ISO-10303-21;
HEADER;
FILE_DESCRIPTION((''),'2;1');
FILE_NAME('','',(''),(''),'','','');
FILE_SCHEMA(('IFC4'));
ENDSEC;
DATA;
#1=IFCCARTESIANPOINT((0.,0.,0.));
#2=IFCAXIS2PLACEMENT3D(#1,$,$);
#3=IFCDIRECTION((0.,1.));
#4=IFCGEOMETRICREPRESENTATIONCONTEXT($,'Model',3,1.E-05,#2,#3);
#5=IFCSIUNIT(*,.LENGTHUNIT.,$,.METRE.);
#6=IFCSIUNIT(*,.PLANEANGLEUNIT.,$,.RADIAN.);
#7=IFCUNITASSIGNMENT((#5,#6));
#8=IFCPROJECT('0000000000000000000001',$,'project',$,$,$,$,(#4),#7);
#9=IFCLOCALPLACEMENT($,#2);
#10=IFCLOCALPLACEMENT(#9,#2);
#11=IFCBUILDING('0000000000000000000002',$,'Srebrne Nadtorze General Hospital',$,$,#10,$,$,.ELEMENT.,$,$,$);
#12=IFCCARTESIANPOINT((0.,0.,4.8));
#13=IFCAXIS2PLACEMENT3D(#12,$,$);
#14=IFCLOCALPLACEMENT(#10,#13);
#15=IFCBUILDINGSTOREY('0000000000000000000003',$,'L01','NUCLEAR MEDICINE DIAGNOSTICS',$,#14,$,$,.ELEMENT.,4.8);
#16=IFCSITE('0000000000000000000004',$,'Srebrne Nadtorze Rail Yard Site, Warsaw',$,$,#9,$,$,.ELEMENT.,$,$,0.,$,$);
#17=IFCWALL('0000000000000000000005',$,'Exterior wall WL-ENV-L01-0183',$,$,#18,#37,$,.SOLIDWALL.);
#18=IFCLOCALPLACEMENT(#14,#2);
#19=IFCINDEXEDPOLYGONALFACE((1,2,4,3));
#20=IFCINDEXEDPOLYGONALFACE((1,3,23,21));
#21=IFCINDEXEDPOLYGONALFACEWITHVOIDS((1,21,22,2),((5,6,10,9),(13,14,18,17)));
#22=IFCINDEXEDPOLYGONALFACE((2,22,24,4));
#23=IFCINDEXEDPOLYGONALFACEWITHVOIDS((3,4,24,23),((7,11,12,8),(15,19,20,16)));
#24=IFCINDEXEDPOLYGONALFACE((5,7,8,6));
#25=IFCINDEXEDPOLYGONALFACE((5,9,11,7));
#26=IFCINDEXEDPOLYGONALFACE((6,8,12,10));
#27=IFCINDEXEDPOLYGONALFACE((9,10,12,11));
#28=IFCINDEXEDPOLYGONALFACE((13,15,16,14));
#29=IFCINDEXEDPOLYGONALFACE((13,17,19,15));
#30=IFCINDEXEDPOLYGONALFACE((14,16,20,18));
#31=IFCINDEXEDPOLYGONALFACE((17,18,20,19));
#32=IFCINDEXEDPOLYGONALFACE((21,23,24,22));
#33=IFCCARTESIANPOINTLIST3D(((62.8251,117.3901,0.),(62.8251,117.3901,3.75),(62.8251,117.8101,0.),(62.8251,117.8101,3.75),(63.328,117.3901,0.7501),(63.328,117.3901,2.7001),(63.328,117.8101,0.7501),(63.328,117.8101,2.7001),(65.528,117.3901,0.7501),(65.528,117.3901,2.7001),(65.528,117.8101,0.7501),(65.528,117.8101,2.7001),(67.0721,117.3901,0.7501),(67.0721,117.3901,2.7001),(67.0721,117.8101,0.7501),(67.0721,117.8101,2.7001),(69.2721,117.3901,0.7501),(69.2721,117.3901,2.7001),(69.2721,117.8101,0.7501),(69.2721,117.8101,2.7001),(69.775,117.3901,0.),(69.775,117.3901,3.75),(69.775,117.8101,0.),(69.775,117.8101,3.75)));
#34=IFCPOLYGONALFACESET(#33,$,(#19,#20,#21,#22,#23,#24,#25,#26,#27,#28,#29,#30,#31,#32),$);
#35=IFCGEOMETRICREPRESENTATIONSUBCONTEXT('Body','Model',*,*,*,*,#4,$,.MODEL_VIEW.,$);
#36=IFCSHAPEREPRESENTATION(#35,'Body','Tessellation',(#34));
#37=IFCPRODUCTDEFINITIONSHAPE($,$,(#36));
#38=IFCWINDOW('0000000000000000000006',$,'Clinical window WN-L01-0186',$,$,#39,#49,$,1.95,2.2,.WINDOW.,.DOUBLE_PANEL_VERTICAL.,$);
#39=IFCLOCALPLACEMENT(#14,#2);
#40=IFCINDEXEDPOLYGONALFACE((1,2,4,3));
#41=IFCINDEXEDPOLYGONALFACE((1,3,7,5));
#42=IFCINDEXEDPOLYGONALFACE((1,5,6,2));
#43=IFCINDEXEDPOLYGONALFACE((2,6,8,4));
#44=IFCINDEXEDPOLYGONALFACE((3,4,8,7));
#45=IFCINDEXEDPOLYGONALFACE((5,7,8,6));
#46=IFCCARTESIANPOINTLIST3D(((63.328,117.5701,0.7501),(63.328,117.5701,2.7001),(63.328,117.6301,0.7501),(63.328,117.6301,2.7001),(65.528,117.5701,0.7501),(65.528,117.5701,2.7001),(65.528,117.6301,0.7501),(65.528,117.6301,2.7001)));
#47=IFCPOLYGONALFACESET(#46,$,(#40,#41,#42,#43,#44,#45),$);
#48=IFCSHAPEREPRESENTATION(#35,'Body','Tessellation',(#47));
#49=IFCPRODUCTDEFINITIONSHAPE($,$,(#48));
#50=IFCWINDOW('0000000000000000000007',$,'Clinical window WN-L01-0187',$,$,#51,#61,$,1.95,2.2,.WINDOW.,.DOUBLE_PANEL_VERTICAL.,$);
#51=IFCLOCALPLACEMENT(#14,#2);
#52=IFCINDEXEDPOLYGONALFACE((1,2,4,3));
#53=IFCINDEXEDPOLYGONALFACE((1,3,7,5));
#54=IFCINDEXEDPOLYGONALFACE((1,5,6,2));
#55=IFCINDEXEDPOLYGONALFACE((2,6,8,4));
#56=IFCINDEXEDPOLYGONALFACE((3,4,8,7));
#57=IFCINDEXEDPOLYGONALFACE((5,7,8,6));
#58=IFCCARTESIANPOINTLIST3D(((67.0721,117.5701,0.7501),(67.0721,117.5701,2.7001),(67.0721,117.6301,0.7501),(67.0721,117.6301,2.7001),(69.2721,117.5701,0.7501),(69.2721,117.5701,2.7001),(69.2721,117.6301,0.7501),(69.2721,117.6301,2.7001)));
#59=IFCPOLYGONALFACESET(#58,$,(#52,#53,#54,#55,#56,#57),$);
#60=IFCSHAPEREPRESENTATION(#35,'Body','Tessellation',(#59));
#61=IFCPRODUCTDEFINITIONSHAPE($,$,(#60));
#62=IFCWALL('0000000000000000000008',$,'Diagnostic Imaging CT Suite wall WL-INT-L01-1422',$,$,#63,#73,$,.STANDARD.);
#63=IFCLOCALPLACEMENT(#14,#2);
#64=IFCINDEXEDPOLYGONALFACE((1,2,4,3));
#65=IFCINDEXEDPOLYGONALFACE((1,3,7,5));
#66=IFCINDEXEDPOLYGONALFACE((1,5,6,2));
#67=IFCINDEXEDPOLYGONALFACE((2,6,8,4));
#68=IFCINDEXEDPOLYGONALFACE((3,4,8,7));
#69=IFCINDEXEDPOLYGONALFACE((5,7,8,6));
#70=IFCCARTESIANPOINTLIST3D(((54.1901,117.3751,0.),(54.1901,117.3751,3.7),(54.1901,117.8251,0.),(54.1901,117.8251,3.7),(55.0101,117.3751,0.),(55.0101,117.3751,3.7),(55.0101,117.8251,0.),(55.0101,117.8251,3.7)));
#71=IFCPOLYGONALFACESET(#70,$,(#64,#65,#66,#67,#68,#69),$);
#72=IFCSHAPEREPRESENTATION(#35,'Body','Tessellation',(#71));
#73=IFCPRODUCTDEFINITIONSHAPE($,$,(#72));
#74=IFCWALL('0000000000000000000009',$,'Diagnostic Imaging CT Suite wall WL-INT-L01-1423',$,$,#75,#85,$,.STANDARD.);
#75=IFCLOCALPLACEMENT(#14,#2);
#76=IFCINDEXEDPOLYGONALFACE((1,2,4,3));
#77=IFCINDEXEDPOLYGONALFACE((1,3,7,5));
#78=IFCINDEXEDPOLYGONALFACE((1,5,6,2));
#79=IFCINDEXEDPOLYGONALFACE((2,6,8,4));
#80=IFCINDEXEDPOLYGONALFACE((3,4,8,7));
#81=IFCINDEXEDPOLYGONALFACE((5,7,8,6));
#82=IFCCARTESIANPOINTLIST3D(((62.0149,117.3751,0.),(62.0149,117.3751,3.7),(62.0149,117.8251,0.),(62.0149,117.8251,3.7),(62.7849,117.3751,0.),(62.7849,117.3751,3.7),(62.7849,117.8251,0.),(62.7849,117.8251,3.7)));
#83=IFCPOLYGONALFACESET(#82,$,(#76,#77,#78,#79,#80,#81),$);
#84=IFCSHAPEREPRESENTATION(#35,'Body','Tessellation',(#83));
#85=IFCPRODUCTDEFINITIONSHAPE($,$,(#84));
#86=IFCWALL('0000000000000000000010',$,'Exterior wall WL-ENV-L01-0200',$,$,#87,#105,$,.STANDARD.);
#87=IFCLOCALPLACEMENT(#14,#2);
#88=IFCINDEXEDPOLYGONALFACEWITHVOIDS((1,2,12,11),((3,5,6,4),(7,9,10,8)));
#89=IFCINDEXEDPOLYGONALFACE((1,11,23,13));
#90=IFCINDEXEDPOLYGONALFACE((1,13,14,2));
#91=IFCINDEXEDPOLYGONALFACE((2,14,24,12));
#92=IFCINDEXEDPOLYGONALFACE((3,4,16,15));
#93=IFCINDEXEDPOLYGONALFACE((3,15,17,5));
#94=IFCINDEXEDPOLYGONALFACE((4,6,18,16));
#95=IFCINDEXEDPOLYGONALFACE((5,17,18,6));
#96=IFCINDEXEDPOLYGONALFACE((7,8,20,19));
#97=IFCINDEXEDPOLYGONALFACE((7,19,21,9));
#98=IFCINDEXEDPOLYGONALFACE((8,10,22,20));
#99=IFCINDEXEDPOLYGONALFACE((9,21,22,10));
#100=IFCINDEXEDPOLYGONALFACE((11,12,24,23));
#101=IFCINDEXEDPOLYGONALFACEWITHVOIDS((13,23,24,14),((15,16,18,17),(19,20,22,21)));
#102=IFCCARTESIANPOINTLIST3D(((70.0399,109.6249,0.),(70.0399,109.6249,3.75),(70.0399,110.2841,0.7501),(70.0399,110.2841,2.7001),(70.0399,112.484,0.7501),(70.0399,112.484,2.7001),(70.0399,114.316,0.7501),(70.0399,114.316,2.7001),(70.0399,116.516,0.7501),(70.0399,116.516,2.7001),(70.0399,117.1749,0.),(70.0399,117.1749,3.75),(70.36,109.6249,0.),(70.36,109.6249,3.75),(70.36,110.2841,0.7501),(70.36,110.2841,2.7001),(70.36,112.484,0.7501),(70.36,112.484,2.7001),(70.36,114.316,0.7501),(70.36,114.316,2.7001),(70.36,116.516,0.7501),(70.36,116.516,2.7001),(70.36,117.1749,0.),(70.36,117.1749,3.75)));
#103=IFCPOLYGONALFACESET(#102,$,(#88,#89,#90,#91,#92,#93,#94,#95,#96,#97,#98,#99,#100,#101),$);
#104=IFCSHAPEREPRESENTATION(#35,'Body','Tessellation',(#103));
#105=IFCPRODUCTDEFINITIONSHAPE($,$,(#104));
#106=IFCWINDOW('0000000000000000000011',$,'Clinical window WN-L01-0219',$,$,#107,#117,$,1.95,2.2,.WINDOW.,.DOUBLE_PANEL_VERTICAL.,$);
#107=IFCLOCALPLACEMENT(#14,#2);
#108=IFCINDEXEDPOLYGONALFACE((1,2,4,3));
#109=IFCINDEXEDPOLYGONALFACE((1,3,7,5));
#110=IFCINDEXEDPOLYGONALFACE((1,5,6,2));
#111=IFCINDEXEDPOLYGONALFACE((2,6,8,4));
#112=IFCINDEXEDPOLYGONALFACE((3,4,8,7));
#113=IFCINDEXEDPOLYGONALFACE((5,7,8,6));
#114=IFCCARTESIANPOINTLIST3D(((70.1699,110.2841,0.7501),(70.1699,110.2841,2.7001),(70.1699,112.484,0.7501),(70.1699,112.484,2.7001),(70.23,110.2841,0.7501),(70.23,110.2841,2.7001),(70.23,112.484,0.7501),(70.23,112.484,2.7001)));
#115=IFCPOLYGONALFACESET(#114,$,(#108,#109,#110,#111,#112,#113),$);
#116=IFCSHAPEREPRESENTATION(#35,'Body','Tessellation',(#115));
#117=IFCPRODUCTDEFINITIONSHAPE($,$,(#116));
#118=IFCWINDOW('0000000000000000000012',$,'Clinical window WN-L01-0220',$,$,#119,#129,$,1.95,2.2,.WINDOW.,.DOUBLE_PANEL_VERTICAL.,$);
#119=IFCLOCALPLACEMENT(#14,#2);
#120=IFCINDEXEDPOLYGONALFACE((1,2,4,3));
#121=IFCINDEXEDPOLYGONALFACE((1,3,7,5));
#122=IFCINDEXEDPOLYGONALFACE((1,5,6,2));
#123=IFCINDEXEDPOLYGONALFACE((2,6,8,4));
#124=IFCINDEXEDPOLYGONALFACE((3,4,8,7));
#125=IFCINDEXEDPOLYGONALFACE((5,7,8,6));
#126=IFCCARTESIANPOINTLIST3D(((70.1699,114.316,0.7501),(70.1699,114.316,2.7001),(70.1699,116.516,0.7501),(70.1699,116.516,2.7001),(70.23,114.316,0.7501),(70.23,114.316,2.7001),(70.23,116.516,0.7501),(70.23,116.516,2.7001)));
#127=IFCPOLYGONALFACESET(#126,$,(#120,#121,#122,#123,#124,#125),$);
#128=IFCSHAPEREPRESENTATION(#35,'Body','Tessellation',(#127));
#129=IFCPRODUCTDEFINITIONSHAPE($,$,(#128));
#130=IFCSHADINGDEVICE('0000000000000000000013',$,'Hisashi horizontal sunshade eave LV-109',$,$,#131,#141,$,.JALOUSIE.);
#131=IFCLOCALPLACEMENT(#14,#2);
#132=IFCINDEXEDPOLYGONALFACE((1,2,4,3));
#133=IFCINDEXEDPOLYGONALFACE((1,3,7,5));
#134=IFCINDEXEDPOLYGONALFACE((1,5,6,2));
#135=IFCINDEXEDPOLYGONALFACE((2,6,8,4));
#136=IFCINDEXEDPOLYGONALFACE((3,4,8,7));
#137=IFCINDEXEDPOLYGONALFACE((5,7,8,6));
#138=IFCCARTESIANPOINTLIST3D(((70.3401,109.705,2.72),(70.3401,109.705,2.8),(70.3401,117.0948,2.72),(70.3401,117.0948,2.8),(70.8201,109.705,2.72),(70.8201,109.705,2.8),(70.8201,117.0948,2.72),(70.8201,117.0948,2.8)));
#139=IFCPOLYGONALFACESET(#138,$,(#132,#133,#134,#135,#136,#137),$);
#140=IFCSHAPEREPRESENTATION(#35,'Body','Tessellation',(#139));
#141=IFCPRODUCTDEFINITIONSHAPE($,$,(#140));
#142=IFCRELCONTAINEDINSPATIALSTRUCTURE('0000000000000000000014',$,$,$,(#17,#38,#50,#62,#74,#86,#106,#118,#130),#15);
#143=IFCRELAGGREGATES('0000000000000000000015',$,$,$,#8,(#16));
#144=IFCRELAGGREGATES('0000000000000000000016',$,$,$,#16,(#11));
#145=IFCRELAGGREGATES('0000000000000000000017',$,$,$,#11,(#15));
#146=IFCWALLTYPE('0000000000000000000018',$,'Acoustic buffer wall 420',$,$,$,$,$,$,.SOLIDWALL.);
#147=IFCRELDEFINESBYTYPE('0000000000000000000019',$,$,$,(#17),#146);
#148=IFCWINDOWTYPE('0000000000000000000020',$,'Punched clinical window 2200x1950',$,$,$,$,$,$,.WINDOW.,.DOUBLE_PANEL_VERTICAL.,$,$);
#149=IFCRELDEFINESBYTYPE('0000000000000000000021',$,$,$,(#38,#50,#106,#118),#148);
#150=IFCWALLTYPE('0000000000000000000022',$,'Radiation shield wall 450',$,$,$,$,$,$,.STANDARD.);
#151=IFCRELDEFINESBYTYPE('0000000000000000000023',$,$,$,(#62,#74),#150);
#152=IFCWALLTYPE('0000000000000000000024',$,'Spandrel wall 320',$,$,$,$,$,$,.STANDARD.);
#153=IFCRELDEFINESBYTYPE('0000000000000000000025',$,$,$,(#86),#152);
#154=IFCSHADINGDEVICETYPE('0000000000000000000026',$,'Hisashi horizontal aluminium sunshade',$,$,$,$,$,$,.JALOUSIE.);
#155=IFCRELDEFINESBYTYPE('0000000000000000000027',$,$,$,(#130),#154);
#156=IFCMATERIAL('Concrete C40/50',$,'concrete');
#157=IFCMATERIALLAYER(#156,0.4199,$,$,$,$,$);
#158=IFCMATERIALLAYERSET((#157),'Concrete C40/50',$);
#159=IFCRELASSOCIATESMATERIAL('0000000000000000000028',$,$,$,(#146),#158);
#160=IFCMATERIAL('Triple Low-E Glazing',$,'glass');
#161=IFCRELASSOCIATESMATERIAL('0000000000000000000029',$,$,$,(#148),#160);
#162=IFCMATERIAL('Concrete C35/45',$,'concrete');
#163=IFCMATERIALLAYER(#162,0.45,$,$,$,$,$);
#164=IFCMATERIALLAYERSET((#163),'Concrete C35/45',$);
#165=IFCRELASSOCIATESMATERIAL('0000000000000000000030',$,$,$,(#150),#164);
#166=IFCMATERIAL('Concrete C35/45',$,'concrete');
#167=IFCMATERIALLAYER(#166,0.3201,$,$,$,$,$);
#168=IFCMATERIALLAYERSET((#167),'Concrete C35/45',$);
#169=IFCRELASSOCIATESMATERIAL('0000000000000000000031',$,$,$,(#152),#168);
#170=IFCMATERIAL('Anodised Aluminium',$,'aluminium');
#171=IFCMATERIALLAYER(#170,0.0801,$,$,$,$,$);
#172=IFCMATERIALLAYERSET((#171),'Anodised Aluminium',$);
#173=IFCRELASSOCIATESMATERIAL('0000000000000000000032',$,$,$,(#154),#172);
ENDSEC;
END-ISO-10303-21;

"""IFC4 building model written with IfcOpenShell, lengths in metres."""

from ifc_helpers import new_model, si_unit, direction, frame, frame_2d, origin, origin_2d, place, context, subcontext, project, spatial, rectangle, extrude, material, layer, layer_set, type_object, element, fill, save


model = new_model("IFC4")

# Units and contexts
model_context = context("Model", 3, precision=1e-05, world=origin(), true_north=direction((0.0, 1.0)))
body_context = subcontext(model_context, "Body", "Model", "MODEL_VIEW")
ifc_project = project(units=[si_unit("LENGTHUNIT", "METRE"), si_unit("PLANEANGLEUNIT", "RADIAN")], contexts=[model_context])

# Site, building, storey
site_placement = place(None, origin())
site = spatial("IfcSite", under=ifc_project, at=site_placement, Name="Srebrne Nadtorze Rail Yard Site, Warsaw", CompositionType="ELEMENT", RefElevation=0.0)
building_placement = place(site_placement, origin())
building = spatial("IfcBuilding", under=site, at=building_placement, Name="Srebrne Nadtorze General Hospital", CompositionType="ELEMENT")
storey_placement = place(building_placement, frame((0.0, 0.0, 4.8)))
storey = spatial("IfcBuildingStorey", under=building, at=storey_placement, Name="L01", Description="NUCLEAR MEDICINE DIAGNOSTICS", CompositionType="ELEMENT", Elevation=4.8)

# Wall, openings, windows
ifc_material_1 = material(Name="Concrete C40/50", Category="concrete")
ifc_layer_1 = layer(ifc_material_1, 0.4199)
ifc_layer_set_1 = layer_set([ifc_layer_1], Name="Concrete C40/50")
wall_type_1 = type_object("IfcWallType", Name="Acoustic buffer wall 420", PredefinedType="SOLIDWALL", material=ifc_layer_set_1)
wall_1_placement = place(storey_placement, frame((62.825, 117.6001, 0.0), z_axis=(0.0, 0.0, 1.0), x_axis=(1.0, 0.0, 0.0)))
wall_1 = element("IfcWall", 1, at=wall_1_placement, inside=storey, type_object=wall_type_1, Name="Exterior wall WL-ENV-L01-0183", PredefinedType="SOLIDWALL", context=body_context, shape_type="SweptSolid", body=[
    extrude(rectangle(XDim=6.95, YDim=0.4199, at=frame_2d((3.4751, 0.0))), origin(), (0.0, 0.0, 1.0), 3.75),
])
opening_1_placement = place(wall_1_placement, frame((0.5029, 0.0, 0.75)))
opening_1 = element("IfcOpeningElement", 2, at=opening_1_placement, cuts=wall_1, PredefinedType="OPENING", context=body_context, shape_type="SweptSolid", body=[
    extrude(rectangle(XDim=2.2, YDim=1.95, at=frame_2d((1.1001, 0.9751))), frame((0.0, 0.2219, 0.0), z_axis=(0.0, -1.0, 0.0), x_axis=(1.0, 0.0, 0.0)), (0.0, 0.0, 1.0), 0.4438),
])
opening_2_placement = place(wall_1_placement, frame((4.2471, 0.0, 0.75)))
opening_2 = element("IfcOpeningElement", 3, at=opening_2_placement, cuts=wall_1, PredefinedType="OPENING", context=body_context, shape_type="SweptSolid", body=[
    extrude(rectangle(XDim=2.2, YDim=1.95, at=frame_2d((1.1001, 0.9751))), frame((0.0, 0.2219, 0.0), z_axis=(0.0, -1.0, 0.0), x_axis=(1.0, 0.0, 0.0)), (0.0, 0.0, 1.0), 0.4438),
])
ifc_material_2 = material(Name="Triple Low-E Glazing", Category="glass")
window_type_1 = type_object("IfcWindowType", Name="Punched clinical window 2200x1950", PartitioningType="DOUBLE_PANEL_VERTICAL", PredefinedType="WINDOW", material=ifc_material_2)
window_1_placement = place(opening_1_placement, origin())
window_1 = element("IfcWindow", 4, at=window_1_placement, inside=storey, type_object=window_type_1, Name="Clinical window WN-L01-0186", OverallHeight=1.95, OverallWidth=2.2, PartitioningType="DOUBLE_PANEL_VERTICAL", PredefinedType="WINDOW", context=body_context, shape_type="SweptSolid", body=[
    extrude(rectangle(XDim=2.2, YDim=1.95, at=frame_2d((1.1001, 0.9751))), frame((0.0, 0.03, 0.0), z_axis=(0.0, -1.0, 0.0), x_axis=(1.0, 0.0, 0.0)), (0.0, 0.0, 1.0), 0.0601),
])
fill(opening_1, window_1)
window_2_placement = place(opening_2_placement, origin())
window_2 = element("IfcWindow", 5, at=window_2_placement, inside=storey, type_object=window_type_1, Name="Clinical window WN-L01-0187", OverallHeight=1.95, OverallWidth=2.2, PartitioningType="DOUBLE_PANEL_VERTICAL", PredefinedType="WINDOW", context=body_context, shape_type="SweptSolid", body=[
    extrude(rectangle(XDim=2.2, YDim=1.95, at=frame_2d((1.1001, 0.9751))), frame((0.0, 0.03, 0.0), z_axis=(0.0, -1.0, 0.0), x_axis=(1.0, 0.0, 0.0)), (0.0, 0.0, 1.0), 0.0601),
])
fill(opening_2, window_2)

# Walls
ifc_material_3 = material(Name="Concrete C35/45", Category="concrete")
ifc_layer_2 = layer(ifc_material_3, 0.45)
ifc_layer_set_2 = layer_set([ifc_layer_2], Name="Concrete C35/45")
wall_type_2 = type_object("IfcWallType", Name="Radiation shield wall 450", PredefinedType="STANDARD", material=ifc_layer_set_2)
wall_2_placement = place(storey_placement, frame((54.1899, 117.6001, 0.0), z_axis=(0.0, 0.0, 1.0), x_axis=(1.0, 0.0, 0.0)))
element("IfcWall", 6, at=wall_2_placement, inside=storey, type_object=wall_type_2, Name="Diagnostic Imaging CT Suite wall WL-INT-L01-1422", PredefinedType="STANDARD", context=body_context, shape_type="SweptSolid", body=[
    extrude(rectangle(XDim=0.8201, YDim=0.45, at=frame_2d((0.4102, 0.0))), origin(), (0.0, 0.0, 1.0), 3.7),
])
wall_3_placement = place(storey_placement, frame((62.0149, 117.6001, 0.0), z_axis=(0.0, 0.0, 1.0), x_axis=(1.0, 0.0, 0.0)))
element("IfcWall", 7, at=wall_3_placement, inside=storey, type_object=wall_type_2, Name="Diagnostic Imaging CT Suite wall WL-INT-L01-1423", PredefinedType="STANDARD", context=body_context, shape_type="SweptSolid", body=[
    extrude(rectangle(XDim=0.77, YDim=0.45, at=frame_2d((0.385, 0.0))), origin(), (0.0, 0.0, 1.0), 3.7),
])

# Wall, openings, windows
ifc_material_4 = material(Name="Concrete C35/45", Category="concrete")
ifc_layer_3 = layer(ifc_material_4, 0.3201)
ifc_layer_set_3 = layer_set([ifc_layer_3], Name="Concrete C35/45")
wall_type_3 = type_object("IfcWallType", Name="Spandrel wall 320", PredefinedType="STANDARD", material=ifc_layer_set_3)
wall_4_placement = place(storey_placement, frame((70.2, 109.625, 0.0), z_axis=(0.0, 0.0, 1.0), x_axis=(0.0, 1.0, 0.0)))
wall_4 = element("IfcWall", 8, at=wall_4_placement, inside=storey, type_object=wall_type_3, Name="Exterior wall WL-ENV-L01-0200", PredefinedType="STANDARD", context=body_context, shape_type="SweptSolid", body=[
    extrude(rectangle(XDim=7.55, YDim=0.3201, at=frame_2d((3.7749, 0.0))), origin(), (0.0, 0.0, 1.0), 3.75),
])
opening_3_placement = place(wall_4_placement, frame((0.6589, 0.0, 0.75)))
opening_3 = element("IfcOpeningElement", 9, at=opening_3_placement, cuts=wall_4, PredefinedType="OPENING", context=body_context, shape_type="SweptSolid", body=[
    extrude(rectangle(XDim=2.2, YDim=1.95, at=frame_2d((1.1001, 0.9751))), frame((0.0, 0.1719, 0.0), z_axis=(0.0, -1.0, 0.0), x_axis=(1.0, 0.0, 0.0)), (0.0, 0.0, 1.0), 0.344),
])
opening_4_placement = place(wall_4_placement, frame((4.6909, 0.0, 0.75)))
opening_4 = element("IfcOpeningElement", 10, at=opening_4_placement, cuts=wall_4, PredefinedType="OPENING", context=body_context, shape_type="SweptSolid", body=[
    extrude(rectangle(XDim=2.2, YDim=1.95, at=frame_2d((1.1001, 0.9751))), frame((0.0, 0.1719, 0.0), z_axis=(0.0, -1.0, 0.0), x_axis=(1.0, 0.0, 0.0)), (0.0, 0.0, 1.0), 0.344),
])
window_3_placement = place(opening_3_placement, origin())
window_3 = element("IfcWindow", 11, at=window_3_placement, inside=storey, type_object=window_type_1, Name="Clinical window WN-L01-0219", OverallHeight=1.95, OverallWidth=2.2, PartitioningType="DOUBLE_PANEL_VERTICAL", PredefinedType="WINDOW", context=body_context, shape_type="SweptSolid", body=[
    extrude(rectangle(XDim=2.2, YDim=1.95, at=frame_2d((1.1001, 0.9751))), frame((0.0, 0.03, 0.0), z_axis=(0.0, -1.0, 0.0), x_axis=(1.0, 0.0, 0.0)), (0.0, 0.0, 1.0), 0.0601),
])
fill(opening_3, window_3)
window_4_placement = place(opening_4_placement, origin())
window_4 = element("IfcWindow", 12, at=window_4_placement, inside=storey, type_object=window_type_1, Name="Clinical window WN-L01-0220", OverallHeight=1.95, OverallWidth=2.2, PartitioningType="DOUBLE_PANEL_VERTICAL", PredefinedType="WINDOW", context=body_context, shape_type="SweptSolid", body=[
    extrude(rectangle(XDim=2.2, YDim=1.95, at=frame_2d((1.1001, 0.9751))), frame((0.0, 0.03, 0.0), z_axis=(0.0, -1.0, 0.0), x_axis=(1.0, 0.0, 0.0)), (0.0, 0.0, 1.0), 0.0601),
])
fill(opening_4, window_4)

# Shading device
ifc_material_5 = material(Name="Anodised Aluminium", Category="aluminium")
ifc_layer_4 = layer(ifc_material_5, 0.0801)
ifc_layer_set_4 = layer_set([ifc_layer_4], Name="Anodised Aluminium")
shading_device_type = type_object("IfcShadingDeviceType", Name="Hisashi horizontal aluminium sunshade", PredefinedType="JALOUSIE", material=ifc_layer_set_4)
shading_device_placement = place(storey_placement, frame((70.5801, 113.3999, 2.72), z_axis=(0.0, 0.0, 1.0), x_axis=(1.0, 0.0, 0.0)))
element("IfcShadingDevice", 13, at=shading_device_placement, inside=storey, type_object=shading_device_type, Name="Hisashi horizontal sunshade eave LV-109", PredefinedType="JALOUSIE", context=body_context, shape_type="SweptSolid", body=[
    extrude(rectangle(XDim=0.48, YDim=7.3899, at=origin_2d()), origin(), (0.0, 0.0, 1.0), 0.0801),
])

save(model, "model.ifc")
